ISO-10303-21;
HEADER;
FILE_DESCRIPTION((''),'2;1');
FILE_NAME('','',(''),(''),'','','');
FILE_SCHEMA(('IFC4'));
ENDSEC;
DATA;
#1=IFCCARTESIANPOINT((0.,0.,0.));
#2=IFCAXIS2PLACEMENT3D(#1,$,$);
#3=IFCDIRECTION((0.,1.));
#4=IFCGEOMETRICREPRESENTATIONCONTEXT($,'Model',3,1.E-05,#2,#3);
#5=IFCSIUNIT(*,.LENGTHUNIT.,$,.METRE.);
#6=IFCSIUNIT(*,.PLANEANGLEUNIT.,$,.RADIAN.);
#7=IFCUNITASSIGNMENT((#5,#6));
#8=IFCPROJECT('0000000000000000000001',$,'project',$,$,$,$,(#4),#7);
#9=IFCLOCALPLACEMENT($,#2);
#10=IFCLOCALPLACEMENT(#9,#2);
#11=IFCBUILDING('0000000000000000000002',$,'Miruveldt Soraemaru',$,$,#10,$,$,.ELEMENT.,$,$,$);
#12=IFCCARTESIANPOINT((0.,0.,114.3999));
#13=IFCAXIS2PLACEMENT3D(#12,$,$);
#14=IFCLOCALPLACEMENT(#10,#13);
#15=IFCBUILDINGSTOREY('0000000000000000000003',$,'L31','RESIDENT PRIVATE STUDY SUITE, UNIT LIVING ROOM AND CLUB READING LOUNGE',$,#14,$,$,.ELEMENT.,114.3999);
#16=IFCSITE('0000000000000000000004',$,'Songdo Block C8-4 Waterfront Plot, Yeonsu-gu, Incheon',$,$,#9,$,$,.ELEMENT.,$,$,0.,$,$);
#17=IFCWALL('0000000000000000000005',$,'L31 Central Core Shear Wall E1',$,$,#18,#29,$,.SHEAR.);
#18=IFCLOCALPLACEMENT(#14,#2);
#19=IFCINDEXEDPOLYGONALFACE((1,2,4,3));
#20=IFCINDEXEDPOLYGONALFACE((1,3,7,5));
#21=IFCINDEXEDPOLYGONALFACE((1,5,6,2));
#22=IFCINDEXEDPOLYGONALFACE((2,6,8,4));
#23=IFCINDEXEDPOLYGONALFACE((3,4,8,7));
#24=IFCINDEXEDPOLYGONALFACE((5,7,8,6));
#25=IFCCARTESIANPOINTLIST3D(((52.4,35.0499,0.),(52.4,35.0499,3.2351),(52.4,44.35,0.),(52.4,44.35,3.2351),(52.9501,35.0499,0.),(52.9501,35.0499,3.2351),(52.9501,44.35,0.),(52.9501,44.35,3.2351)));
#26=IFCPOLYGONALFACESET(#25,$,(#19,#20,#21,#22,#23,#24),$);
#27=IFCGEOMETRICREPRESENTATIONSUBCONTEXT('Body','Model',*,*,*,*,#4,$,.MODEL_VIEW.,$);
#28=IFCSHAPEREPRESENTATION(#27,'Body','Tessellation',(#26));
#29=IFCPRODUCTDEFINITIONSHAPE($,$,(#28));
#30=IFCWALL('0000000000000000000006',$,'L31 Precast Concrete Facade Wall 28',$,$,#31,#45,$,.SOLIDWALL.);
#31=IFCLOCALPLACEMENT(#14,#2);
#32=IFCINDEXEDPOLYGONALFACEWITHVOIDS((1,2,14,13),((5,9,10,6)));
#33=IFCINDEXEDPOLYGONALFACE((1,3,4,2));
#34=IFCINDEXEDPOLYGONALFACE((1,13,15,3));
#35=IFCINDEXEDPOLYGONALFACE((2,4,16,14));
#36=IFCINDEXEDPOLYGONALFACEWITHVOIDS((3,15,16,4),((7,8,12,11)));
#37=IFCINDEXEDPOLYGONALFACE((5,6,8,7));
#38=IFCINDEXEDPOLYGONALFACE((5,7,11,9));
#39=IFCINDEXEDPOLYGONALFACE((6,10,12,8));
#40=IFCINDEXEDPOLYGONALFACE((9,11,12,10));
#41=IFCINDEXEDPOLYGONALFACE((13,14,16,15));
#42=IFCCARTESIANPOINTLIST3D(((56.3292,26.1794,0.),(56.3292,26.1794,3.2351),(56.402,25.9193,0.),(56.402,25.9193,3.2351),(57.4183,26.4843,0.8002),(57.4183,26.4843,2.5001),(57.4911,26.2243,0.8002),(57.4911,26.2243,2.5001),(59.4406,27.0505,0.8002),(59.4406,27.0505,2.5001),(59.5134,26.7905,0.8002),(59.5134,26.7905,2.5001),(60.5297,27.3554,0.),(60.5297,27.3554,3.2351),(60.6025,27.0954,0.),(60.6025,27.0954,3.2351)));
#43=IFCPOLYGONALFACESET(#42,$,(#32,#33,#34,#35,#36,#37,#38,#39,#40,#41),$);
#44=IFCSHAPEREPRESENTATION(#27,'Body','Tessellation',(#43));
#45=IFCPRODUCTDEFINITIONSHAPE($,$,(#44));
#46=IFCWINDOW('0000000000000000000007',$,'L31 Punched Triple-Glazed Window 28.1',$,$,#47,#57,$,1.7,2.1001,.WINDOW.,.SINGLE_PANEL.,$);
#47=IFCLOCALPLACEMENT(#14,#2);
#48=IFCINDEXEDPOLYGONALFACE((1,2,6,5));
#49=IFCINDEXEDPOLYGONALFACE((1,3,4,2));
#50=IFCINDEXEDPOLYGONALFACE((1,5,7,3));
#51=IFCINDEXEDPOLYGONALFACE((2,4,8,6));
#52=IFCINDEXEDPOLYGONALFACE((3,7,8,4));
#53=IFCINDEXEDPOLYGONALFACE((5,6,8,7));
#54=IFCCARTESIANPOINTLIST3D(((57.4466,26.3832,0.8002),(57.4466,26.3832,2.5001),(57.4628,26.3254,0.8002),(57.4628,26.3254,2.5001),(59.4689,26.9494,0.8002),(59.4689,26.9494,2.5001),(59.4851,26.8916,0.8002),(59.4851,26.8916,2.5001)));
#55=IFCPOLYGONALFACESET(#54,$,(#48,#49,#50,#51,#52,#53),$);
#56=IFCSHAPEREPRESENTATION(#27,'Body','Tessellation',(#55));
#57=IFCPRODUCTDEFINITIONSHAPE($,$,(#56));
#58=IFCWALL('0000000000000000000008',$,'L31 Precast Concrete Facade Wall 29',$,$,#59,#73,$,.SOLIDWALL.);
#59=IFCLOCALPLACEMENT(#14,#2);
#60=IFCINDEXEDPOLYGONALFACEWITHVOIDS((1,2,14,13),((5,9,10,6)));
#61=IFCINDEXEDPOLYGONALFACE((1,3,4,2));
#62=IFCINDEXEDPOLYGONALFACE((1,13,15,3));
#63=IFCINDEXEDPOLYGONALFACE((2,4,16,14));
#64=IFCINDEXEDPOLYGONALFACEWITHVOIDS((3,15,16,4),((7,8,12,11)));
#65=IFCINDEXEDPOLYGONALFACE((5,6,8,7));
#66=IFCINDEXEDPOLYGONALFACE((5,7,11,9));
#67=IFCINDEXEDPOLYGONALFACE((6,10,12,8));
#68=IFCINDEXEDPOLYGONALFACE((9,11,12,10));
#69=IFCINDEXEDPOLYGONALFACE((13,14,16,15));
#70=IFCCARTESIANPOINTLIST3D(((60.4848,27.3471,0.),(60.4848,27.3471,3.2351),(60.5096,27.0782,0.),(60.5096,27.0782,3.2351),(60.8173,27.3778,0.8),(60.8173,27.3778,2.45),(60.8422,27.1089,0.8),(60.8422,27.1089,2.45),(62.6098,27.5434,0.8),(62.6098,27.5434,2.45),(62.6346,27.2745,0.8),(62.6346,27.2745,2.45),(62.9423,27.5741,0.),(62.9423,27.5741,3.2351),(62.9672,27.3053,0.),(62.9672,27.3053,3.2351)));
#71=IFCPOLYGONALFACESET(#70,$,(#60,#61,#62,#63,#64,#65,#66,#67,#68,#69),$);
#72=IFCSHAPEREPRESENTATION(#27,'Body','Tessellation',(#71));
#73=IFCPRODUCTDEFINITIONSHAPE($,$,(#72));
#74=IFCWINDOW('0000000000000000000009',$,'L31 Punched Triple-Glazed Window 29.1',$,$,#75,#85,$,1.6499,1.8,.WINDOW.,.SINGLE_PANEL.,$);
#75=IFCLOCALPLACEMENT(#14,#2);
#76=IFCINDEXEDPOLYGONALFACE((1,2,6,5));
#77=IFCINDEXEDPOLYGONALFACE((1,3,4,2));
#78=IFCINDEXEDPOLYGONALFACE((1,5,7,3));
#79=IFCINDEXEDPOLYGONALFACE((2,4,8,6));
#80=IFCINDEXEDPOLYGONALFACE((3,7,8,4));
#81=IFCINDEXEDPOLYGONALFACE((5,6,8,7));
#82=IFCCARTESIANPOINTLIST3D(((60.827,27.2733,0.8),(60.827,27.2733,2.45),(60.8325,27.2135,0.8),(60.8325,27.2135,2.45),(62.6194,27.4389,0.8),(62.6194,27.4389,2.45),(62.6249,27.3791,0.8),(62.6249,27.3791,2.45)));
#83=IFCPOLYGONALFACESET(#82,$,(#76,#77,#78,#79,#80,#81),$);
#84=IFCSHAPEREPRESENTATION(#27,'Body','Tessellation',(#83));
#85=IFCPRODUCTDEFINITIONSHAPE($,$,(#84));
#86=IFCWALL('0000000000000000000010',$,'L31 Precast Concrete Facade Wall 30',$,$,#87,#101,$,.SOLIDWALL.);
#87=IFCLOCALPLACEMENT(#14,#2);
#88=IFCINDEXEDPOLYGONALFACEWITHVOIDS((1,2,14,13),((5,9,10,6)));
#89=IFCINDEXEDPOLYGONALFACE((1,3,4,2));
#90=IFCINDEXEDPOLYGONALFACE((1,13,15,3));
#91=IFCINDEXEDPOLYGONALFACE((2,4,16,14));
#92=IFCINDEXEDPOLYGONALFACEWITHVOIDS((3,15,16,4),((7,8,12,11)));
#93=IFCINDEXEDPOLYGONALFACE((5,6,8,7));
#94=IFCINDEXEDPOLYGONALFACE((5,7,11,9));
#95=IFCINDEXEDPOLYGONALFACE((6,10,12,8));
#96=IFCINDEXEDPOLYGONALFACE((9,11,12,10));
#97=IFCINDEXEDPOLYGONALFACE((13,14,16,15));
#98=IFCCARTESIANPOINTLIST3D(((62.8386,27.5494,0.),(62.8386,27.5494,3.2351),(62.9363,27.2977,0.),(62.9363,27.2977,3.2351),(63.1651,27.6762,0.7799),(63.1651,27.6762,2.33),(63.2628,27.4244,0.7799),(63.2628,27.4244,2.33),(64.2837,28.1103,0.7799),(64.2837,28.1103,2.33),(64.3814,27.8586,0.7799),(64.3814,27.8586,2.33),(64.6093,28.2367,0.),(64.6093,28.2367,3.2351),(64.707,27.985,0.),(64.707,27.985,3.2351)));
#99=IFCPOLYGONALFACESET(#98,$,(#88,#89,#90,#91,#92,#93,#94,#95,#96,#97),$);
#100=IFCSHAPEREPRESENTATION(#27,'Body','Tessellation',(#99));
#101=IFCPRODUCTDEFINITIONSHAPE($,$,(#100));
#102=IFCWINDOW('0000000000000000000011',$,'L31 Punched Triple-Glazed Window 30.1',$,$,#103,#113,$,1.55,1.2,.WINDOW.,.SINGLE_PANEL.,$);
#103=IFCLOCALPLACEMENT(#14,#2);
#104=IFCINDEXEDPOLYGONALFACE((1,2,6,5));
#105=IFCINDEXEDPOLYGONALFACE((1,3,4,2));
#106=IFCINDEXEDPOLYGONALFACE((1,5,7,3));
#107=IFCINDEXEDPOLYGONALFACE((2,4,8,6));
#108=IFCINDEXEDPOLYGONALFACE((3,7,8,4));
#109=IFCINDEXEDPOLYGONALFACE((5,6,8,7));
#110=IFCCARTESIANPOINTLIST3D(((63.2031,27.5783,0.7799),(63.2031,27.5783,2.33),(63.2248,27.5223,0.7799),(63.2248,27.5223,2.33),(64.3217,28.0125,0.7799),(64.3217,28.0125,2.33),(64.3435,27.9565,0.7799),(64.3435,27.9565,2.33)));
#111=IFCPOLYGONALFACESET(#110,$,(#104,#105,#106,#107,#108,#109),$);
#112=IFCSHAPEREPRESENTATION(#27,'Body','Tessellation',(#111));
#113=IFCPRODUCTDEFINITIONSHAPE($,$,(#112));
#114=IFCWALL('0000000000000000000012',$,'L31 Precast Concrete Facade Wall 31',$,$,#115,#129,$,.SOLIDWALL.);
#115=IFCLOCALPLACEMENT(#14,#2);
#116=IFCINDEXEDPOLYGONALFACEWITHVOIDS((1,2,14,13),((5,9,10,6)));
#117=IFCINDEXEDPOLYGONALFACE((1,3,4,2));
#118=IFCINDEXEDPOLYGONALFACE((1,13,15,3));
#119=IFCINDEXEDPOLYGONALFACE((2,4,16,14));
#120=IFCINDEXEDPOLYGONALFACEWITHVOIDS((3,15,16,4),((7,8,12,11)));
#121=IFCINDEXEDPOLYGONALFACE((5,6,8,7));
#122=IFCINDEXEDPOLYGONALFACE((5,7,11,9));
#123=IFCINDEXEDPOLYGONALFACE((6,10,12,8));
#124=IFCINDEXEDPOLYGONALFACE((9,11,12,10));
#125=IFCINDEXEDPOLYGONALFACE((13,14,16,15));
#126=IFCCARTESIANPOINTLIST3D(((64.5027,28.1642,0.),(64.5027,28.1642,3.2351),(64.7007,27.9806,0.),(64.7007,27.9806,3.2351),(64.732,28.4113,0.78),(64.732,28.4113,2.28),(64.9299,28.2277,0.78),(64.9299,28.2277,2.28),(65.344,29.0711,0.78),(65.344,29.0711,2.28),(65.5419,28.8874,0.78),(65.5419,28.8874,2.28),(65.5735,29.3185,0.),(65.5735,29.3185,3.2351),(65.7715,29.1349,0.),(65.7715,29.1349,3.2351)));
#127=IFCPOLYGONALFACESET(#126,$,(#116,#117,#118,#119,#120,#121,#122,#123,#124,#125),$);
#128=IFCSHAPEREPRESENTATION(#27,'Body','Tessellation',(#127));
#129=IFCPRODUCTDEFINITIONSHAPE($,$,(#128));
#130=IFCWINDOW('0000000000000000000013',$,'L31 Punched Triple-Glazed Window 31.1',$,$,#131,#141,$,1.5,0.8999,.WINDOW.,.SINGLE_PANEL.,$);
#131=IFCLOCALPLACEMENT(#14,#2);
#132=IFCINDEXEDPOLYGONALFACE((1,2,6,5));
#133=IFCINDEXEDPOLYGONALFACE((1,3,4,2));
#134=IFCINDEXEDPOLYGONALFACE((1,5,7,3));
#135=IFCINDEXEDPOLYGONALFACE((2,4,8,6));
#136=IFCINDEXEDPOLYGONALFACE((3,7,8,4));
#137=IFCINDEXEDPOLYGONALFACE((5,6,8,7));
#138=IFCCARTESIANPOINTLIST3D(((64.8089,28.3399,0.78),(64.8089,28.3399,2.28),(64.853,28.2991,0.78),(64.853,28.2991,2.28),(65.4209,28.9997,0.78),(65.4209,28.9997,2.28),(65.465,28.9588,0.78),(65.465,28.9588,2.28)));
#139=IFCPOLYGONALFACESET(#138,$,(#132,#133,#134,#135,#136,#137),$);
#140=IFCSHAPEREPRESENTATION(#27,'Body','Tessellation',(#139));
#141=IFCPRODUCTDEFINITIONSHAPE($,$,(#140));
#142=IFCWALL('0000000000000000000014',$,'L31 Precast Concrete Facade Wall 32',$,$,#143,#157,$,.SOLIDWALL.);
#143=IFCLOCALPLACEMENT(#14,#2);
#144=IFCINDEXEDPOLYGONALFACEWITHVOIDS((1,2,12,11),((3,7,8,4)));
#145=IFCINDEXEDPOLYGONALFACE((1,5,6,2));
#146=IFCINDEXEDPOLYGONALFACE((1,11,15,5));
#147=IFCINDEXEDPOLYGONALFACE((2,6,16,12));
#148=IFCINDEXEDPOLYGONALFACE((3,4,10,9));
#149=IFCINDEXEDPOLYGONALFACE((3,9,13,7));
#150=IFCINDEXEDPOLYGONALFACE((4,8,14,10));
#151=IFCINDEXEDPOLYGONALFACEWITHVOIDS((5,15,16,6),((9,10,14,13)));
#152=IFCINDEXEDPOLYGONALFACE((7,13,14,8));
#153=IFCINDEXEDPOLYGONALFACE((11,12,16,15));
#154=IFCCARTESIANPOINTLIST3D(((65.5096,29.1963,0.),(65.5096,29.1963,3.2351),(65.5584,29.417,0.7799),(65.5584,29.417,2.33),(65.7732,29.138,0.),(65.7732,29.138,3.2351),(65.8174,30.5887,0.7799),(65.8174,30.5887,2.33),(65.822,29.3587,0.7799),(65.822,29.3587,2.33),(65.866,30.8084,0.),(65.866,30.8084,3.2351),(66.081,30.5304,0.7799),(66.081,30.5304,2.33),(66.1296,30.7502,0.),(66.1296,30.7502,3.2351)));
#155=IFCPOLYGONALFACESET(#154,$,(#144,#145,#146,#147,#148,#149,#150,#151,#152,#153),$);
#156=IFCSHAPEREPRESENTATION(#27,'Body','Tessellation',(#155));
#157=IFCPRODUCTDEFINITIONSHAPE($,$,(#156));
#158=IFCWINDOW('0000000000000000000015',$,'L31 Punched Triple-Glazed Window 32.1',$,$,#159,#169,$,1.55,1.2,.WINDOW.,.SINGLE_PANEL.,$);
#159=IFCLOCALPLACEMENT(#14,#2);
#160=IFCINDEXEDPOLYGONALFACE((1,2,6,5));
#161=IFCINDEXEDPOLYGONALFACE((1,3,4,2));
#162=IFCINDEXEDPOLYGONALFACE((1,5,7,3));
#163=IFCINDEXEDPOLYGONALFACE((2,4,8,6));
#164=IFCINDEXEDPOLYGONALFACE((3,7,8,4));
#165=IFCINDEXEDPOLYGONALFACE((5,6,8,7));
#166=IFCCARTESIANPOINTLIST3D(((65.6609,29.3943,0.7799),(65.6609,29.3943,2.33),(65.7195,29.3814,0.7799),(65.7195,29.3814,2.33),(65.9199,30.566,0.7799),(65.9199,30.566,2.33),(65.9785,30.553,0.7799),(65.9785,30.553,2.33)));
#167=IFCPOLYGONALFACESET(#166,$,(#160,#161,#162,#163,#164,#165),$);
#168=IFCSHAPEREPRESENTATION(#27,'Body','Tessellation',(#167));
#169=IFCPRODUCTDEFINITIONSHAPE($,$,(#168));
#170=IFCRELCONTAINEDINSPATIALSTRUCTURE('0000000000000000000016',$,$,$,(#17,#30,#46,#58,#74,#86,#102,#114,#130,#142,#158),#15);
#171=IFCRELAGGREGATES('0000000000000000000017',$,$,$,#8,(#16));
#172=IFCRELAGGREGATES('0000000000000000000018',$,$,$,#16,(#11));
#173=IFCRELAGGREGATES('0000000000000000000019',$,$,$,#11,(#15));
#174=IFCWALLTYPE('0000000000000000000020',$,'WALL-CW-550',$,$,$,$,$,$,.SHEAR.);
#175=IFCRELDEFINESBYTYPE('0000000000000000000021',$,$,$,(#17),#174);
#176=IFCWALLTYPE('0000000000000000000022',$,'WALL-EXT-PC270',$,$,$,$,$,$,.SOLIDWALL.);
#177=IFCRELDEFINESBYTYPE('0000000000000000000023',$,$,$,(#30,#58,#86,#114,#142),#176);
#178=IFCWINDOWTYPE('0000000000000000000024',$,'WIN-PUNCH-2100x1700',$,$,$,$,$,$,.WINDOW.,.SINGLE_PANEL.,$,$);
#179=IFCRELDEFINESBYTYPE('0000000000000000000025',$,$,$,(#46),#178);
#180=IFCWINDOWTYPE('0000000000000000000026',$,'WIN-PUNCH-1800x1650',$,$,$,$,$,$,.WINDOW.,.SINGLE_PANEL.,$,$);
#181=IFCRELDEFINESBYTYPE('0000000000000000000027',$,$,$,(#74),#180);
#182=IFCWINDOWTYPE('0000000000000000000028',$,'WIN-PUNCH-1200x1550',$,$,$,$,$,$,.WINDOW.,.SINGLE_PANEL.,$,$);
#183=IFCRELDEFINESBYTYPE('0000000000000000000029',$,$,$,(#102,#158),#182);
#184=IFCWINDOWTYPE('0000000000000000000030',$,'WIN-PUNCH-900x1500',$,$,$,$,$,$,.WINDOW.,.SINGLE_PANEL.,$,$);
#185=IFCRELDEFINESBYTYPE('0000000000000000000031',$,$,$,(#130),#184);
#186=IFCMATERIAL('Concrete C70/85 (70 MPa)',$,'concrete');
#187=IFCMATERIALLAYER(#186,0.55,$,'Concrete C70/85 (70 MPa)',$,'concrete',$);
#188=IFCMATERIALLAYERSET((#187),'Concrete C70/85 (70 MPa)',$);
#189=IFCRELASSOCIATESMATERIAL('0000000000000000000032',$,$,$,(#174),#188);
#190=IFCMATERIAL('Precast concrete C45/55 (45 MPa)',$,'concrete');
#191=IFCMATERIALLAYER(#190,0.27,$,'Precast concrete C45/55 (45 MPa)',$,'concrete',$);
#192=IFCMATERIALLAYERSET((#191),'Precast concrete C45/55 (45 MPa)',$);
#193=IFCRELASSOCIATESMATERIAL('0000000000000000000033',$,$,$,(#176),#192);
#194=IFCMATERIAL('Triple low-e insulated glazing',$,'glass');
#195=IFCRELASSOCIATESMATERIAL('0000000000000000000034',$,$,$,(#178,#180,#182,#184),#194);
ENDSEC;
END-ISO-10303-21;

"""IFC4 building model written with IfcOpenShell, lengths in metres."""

from ifc_helpers import new_model, si_unit, direction, frame, frame_2d, origin, place, context, subcontext, project, spatial, rectangle, extrude, material, layer, layer_set, type_object, element, fill, save


model = new_model("IFC4")

# Units and contexts
model_context = context("Model", 3, precision=1e-05, world=origin(), true_north=direction((0.0, 1.0)))
body_context = subcontext(model_context, "Body", "Model", "MODEL_VIEW")
ifc_project = project(units=[si_unit("LENGTHUNIT", "METRE"), si_unit("PLANEANGLEUNIT", "RADIAN")], contexts=[model_context])

# Site, building, storey
site_placement = place(None, origin())
site = spatial("IfcSite", under=ifc_project, at=site_placement, Name="Songdo Block C8-4 Waterfront Plot, Yeonsu-gu, Incheon", CompositionType="ELEMENT", RefElevation=0.0)
building_placement = place(site_placement, origin())
building = spatial("IfcBuilding", under=site, at=building_placement, Name="Miruveldt Soraemaru", CompositionType="ELEMENT")
storey_placement = place(building_placement, frame((0.0, 0.0, 114.3999)))
storey = spatial("IfcBuildingStorey", under=building, at=storey_placement, Name="L31", Description="RESIDENT PRIVATE STUDY SUITE, UNIT LIVING ROOM AND CLUB READING LOUNGE", CompositionType="ELEMENT", Elevation=114.3999)

# Shared definitions
ifc_material_1 = material(Name="Concrete C70/85 (70 MPa)", Category="concrete")

# Wall
ifc_layer_1 = layer(ifc_material_1, 0.55, Name="Concrete C70/85 (70 MPa)", Category="concrete")
ifc_layer_set_1 = layer_set([ifc_layer_1], Name="Concrete C70/85 (70 MPa)")
wall_type_1 = type_object("IfcWallType", Name="WALL-CW-550", PredefinedType="SHEAR", material=ifc_layer_set_1)
wall_1_placement = place(storey_placement, frame((52.675, 35.05, 0.0), z_axis=(0.0, 0.0, 1.0), x_axis=(0.0, 1.0, 0.0)))
element("IfcWall", 1, at=wall_1_placement, inside=storey, type_object=wall_type_1, Name="L31 Central Core Shear Wall E1", PredefinedType="SHEAR", context=body_context, shape_type="SweptSolid", body=[
    extrude(rectangle(XDim=9.3, YDim=0.55, at=frame_2d((4.6499, 0.0))), origin(), (0.0, 0.0, 1.0), 3.2351),
])

# Walls, openings, windows
ifc_material_2 = material(Name="Precast concrete C45/55 (45 MPa)", Category="concrete")
ifc_layer_2 = layer(ifc_material_2, 0.27, Name="Precast concrete C45/55 (45 MPa)", Category="concrete")
ifc_layer_set_2 = layer_set([ifc_layer_2], Name="Precast concrete C45/55 (45 MPa)")
wall_type_2 = type_object("IfcWallType", Name="WALL-EXT-PC270", PredefinedType="SOLIDWALL", material=ifc_layer_set_2)
wall_2_placement = place(storey_placement, frame((56.3655, 26.0493, 0.0), z_axis=(0.0, 0.0, 1.0), x_axis=(0.96297, 0.269609, 0.0)))
wall_2 = element("IfcWall", 2, at=wall_2_placement, inside=storey, type_object=wall_type_2, Name="L31 Precast Concrete Facade Wall 28", PredefinedType="SOLIDWALL", context=body_context, shape_type="SweptSolid", body=[
    extrude(rectangle(XDim=4.3621, YDim=0.27, at=frame_2d((2.1812, 0.0))), origin(), (0.0, 0.0, 1.0), 3.2351),
])
opening_1_placement = place(wall_2_placement, frame((1.1311, 0.0, 0.8)))
opening_1 = element("IfcOpeningElement", 3, at=opening_1_placement, cuts=wall_2, PredefinedType="OPENING", context=body_context, shape_type="SweptSolid", body=[
    extrude(rectangle(XDim=2.1001, YDim=1.7, at=frame_2d((1.05, 0.8501))), frame((0.0, 0.145, 0.0), z_axis=(0.0, -1.0, 0.0), x_axis=(1.0, 0.0, 0.0)), (0.0, 0.0, 1.0), 0.29),
])
ifc_material_3 = material(Name="Triple low-e insulated glazing", Category="glass")
window_type_1 = type_object("IfcWindowType", Name="WIN-PUNCH-2100x1700", PartitioningType="SINGLE_PANEL", PredefinedType="WINDOW", material=ifc_material_3)
window_1_placement = place(opening_1_placement, origin())
window_1 = element("IfcWindow", 4, at=window_1_placement, inside=storey, type_object=window_type_1, Name="L31 Punched Triple-Glazed Window 28.1", OverallHeight=1.7, OverallWidth=2.1001, PartitioningType="SINGLE_PANEL", PredefinedType="WINDOW", context=body_context, shape_type="SweptSolid", body=[
    extrude(rectangle(XDim=2.1001, YDim=1.7, at=frame_2d((1.05, 0.8501))), frame((0.0, 0.03, 0.0), z_axis=(0.0, -1.0, 0.0), x_axis=(1.0, 0.0, 0.0)), (0.0, 0.0, 1.0), 0.0601),
])
fill(opening_1, window_1)
wall_3_placement = place(storey_placement, frame((60.4973, 27.2126, 0.0), z_axis=(0.0, 0.0, 1.0), x_axis=(0.995759, 0.091998, 0.0)))
wall_3 = element("IfcWall", 5, at=wall_3_placement, inside=storey, type_object=wall_type_2, Name="L31 Precast Concrete Facade Wall 29", PredefinedType="SOLIDWALL", context=body_context, shape_type="SweptSolid", body=[
    extrude(rectangle(XDim=2.468, YDim=0.27, at=frame_2d((1.2339, 0.0))), origin(), (0.0, 0.0, 1.0), 3.2351),
])
opening_2_placement = place(wall_3_placement, frame((0.334, 0.0, 0.8)))
opening_2 = element("IfcOpeningElement", 6, at=opening_2_placement, cuts=wall_3, PredefinedType="OPENING", context=body_context, shape_type="SweptSolid", body=[
    extrude(rectangle(XDim=1.8, YDim=1.6499, at=frame_2d((0.8999, 0.825))), frame((0.0, 0.145, 0.0), z_axis=(0.0, -1.0, 0.0), x_axis=(1.0, 0.0, 0.0)), (0.0, 0.0, 1.0), 0.29),
])
window_type_2 = type_object("IfcWindowType", Name="WIN-PUNCH-1800x1650", PartitioningType="SINGLE_PANEL", PredefinedType="WINDOW", material=ifc_material_3)
window_2_placement = place(opening_2_placement, origin())
window_2 = element("IfcWindow", 7, at=window_2_placement, inside=storey, type_object=window_type_2, Name="L31 Punched Triple-Glazed Window 29.1", OverallHeight=1.6499, OverallWidth=1.8, PartitioningType="SINGLE_PANEL", PredefinedType="WINDOW", context=body_context, shape_type="SweptSolid", body=[
    extrude(rectangle(XDim=1.8, YDim=1.6499, at=frame_2d((0.8999, 0.825))), frame((0.0, 0.03, 0.0), z_axis=(0.0, -1.0, 0.0), x_axis=(1.0, 0.0, 0.0)), (0.0, 0.0, 1.0), 0.0601),
])
fill(opening_2, window_2)
wall_4_placement = place(storey_placement, frame((62.8875, 27.4236, 0.0), z_axis=(0.0, 0.0, 1.0), x_axis=(0.932248, 0.36182, 0.0)))
wall_4 = element("IfcWall", 8, at=wall_4_placement, inside=storey, type_object=wall_type_2, Name="L31 Precast Concrete Facade Wall 30", PredefinedType="SOLIDWALL", context=body_context, shape_type="SweptSolid", body=[
    extrude(rectangle(XDim=1.8994, YDim=0.27, at=frame_2d((0.9497, 0.0))), origin(), (0.0, 0.0, 1.0), 3.2351),
])
opening_3_placement = place(wall_4_placement, frame((0.3501, 0.0, 0.78)))
opening_3 = element("IfcOpeningElement", 9, at=opening_3_placement, cuts=wall_4, PredefinedType="OPENING", context=body_context, shape_type="SweptSolid", body=[
    extrude(rectangle(XDim=1.2, YDim=1.55, at=frame_2d((0.6001, 0.7749))), frame((0.0, 0.145, 0.0), z_axis=(0.0, -1.0, 0.0), x_axis=(1.0, 0.0, 0.0)), (0.0, 0.0, 1.0), 0.29),
])
window_type_3 = type_object("IfcWindowType", Name="WIN-PUNCH-1200x1550", PartitioningType="SINGLE_PANEL", PredefinedType="WINDOW", material=ifc_material_3)
window_3_placement = place(opening_3_placement, origin())
window_3 = element("IfcWindow", 10, at=window_3_placement, inside=storey, type_object=window_type_3, Name="L31 Punched Triple-Glazed Window 30.1", OverallHeight=1.55, OverallWidth=1.2, PartitioningType="SINGLE_PANEL", PredefinedType="WINDOW", context=body_context, shape_type="SweptSolid", body=[
    extrude(rectangle(XDim=1.2, YDim=1.55, at=frame_2d((0.6001, 0.7749))), frame((0.0, 0.03, 0.0), z_axis=(0.0, -1.0, 0.0), x_axis=(1.0, 0.0, 0.0)), (0.0, 0.0, 1.0), 0.0601),
])
fill(opening_3, window_3)
wall_5_placement = place(storey_placement, frame((64.6018, 28.0725, 0.0), z_axis=(0.0, 0.0, 1.0), x_axis=(0.680094, 0.733125, 0.0)))
wall_5 = element("IfcWall", 11, at=wall_5_placement, inside=storey, type_object=wall_type_2, Name="L31 Precast Concrete Facade Wall 31", PredefinedType="SOLIDWALL", context=body_context, shape_type="SweptSolid", body=[
    extrude(rectangle(XDim=1.5745, YDim=0.27, at=frame_2d((0.7871, 0.0))), origin(), (0.0, 0.0, 1.0), 3.2351),
])
opening_4_placement = place(wall_5_placement, frame((0.3369, 0.0, 0.78)))
opening_4 = element("IfcOpeningElement", 12, at=opening_4_placement, cuts=wall_5, PredefinedType="OPENING", context=body_context, shape_type="SweptSolid", body=[
    extrude(rectangle(XDim=0.8999, YDim=1.5, at=frame_2d((0.45, 0.75))), frame((0.0, 0.145, 0.0), z_axis=(0.0, -1.0, 0.0), x_axis=(1.0, 0.0, 0.0)), (0.0, 0.0, 1.0), 0.29),
])
window_type_4 = type_object("IfcWindowType", Name="WIN-PUNCH-900x1500", PartitioningType="SINGLE_PANEL", PredefinedType="WINDOW", material=ifc_material_3)
window_4_placement = place(opening_4_placement, origin())
window_4 = element("IfcWindow", 13, at=window_4_placement, inside=storey, type_object=window_type_4, Name="L31 Punched Triple-Glazed Window 31.1", OverallHeight=1.5, OverallWidth=0.8999, PartitioningType="SINGLE_PANEL", PredefinedType="WINDOW", context=body_context, shape_type="SweptSolid", body=[
    extrude(rectangle(XDim=0.8999, YDim=1.5, at=frame_2d((0.45, 0.75))), frame((0.0, 0.03, 0.0), z_axis=(0.0, -1.0, 0.0), x_axis=(1.0, 0.0, 0.0)), (0.0, 0.0, 1.0), 0.0601),
])
fill(opening_4, window_4)
wall_6_placement = place(storey_placement, frame((65.6414, 29.167, 0.0), z_axis=(0.0, 0.0, 1.0), x_axis=(0.215866, 0.976423, 0.0)))
wall_6 = element("IfcWall", 14, at=wall_6_placement, inside=storey, type_object=wall_type_2, Name="L31 Precast Concrete Facade Wall 32", PredefinedType="SOLIDWALL", context=body_context, shape_type="SweptSolid", body=[
    extrude(rectangle(XDim=1.6511, YDim=0.27, at=frame_2d((0.8257, 0.0))), origin(), (0.0, 0.0, 1.0), 3.2351),
])
opening_5_placement = place(wall_6_placement, frame((0.2261, 0.0, 0.78)))
opening_5 = element("IfcOpeningElement", 15, at=opening_5_placement, cuts=wall_6, PredefinedType="OPENING", context=body_context, shape_type="SweptSolid", body=[
    extrude(rectangle(XDim=1.2, YDim=1.55, at=frame_2d((0.6001, 0.7749))), frame((0.0, 0.145, 0.0), z_axis=(0.0, -1.0, 0.0), x_axis=(1.0, 0.0, 0.0)), (0.0, 0.0, 1.0), 0.29),
])
window_5_placement = place(opening_5_placement, origin())
window_5 = element("IfcWindow", 16, at=window_5_placement, inside=storey, type_object=window_type_3, Name="L31 Punched Triple-Glazed Window 32.1", OverallHeight=1.55, OverallWidth=1.2, PartitioningType="SINGLE_PANEL", PredefinedType="WINDOW", context=body_context, shape_type="SweptSolid", body=[
    extrude(rectangle(XDim=1.2, YDim=1.55, at=frame_2d((0.6001, 0.7749))), frame((0.0, 0.03, 0.0), z_axis=(0.0, -1.0, 0.0), x_axis=(1.0, 0.0, 0.0)), (0.0, 0.0, 1.0), 0.0601),
])
fill(opening_5, window_5)

save(model, "model.ifc")
